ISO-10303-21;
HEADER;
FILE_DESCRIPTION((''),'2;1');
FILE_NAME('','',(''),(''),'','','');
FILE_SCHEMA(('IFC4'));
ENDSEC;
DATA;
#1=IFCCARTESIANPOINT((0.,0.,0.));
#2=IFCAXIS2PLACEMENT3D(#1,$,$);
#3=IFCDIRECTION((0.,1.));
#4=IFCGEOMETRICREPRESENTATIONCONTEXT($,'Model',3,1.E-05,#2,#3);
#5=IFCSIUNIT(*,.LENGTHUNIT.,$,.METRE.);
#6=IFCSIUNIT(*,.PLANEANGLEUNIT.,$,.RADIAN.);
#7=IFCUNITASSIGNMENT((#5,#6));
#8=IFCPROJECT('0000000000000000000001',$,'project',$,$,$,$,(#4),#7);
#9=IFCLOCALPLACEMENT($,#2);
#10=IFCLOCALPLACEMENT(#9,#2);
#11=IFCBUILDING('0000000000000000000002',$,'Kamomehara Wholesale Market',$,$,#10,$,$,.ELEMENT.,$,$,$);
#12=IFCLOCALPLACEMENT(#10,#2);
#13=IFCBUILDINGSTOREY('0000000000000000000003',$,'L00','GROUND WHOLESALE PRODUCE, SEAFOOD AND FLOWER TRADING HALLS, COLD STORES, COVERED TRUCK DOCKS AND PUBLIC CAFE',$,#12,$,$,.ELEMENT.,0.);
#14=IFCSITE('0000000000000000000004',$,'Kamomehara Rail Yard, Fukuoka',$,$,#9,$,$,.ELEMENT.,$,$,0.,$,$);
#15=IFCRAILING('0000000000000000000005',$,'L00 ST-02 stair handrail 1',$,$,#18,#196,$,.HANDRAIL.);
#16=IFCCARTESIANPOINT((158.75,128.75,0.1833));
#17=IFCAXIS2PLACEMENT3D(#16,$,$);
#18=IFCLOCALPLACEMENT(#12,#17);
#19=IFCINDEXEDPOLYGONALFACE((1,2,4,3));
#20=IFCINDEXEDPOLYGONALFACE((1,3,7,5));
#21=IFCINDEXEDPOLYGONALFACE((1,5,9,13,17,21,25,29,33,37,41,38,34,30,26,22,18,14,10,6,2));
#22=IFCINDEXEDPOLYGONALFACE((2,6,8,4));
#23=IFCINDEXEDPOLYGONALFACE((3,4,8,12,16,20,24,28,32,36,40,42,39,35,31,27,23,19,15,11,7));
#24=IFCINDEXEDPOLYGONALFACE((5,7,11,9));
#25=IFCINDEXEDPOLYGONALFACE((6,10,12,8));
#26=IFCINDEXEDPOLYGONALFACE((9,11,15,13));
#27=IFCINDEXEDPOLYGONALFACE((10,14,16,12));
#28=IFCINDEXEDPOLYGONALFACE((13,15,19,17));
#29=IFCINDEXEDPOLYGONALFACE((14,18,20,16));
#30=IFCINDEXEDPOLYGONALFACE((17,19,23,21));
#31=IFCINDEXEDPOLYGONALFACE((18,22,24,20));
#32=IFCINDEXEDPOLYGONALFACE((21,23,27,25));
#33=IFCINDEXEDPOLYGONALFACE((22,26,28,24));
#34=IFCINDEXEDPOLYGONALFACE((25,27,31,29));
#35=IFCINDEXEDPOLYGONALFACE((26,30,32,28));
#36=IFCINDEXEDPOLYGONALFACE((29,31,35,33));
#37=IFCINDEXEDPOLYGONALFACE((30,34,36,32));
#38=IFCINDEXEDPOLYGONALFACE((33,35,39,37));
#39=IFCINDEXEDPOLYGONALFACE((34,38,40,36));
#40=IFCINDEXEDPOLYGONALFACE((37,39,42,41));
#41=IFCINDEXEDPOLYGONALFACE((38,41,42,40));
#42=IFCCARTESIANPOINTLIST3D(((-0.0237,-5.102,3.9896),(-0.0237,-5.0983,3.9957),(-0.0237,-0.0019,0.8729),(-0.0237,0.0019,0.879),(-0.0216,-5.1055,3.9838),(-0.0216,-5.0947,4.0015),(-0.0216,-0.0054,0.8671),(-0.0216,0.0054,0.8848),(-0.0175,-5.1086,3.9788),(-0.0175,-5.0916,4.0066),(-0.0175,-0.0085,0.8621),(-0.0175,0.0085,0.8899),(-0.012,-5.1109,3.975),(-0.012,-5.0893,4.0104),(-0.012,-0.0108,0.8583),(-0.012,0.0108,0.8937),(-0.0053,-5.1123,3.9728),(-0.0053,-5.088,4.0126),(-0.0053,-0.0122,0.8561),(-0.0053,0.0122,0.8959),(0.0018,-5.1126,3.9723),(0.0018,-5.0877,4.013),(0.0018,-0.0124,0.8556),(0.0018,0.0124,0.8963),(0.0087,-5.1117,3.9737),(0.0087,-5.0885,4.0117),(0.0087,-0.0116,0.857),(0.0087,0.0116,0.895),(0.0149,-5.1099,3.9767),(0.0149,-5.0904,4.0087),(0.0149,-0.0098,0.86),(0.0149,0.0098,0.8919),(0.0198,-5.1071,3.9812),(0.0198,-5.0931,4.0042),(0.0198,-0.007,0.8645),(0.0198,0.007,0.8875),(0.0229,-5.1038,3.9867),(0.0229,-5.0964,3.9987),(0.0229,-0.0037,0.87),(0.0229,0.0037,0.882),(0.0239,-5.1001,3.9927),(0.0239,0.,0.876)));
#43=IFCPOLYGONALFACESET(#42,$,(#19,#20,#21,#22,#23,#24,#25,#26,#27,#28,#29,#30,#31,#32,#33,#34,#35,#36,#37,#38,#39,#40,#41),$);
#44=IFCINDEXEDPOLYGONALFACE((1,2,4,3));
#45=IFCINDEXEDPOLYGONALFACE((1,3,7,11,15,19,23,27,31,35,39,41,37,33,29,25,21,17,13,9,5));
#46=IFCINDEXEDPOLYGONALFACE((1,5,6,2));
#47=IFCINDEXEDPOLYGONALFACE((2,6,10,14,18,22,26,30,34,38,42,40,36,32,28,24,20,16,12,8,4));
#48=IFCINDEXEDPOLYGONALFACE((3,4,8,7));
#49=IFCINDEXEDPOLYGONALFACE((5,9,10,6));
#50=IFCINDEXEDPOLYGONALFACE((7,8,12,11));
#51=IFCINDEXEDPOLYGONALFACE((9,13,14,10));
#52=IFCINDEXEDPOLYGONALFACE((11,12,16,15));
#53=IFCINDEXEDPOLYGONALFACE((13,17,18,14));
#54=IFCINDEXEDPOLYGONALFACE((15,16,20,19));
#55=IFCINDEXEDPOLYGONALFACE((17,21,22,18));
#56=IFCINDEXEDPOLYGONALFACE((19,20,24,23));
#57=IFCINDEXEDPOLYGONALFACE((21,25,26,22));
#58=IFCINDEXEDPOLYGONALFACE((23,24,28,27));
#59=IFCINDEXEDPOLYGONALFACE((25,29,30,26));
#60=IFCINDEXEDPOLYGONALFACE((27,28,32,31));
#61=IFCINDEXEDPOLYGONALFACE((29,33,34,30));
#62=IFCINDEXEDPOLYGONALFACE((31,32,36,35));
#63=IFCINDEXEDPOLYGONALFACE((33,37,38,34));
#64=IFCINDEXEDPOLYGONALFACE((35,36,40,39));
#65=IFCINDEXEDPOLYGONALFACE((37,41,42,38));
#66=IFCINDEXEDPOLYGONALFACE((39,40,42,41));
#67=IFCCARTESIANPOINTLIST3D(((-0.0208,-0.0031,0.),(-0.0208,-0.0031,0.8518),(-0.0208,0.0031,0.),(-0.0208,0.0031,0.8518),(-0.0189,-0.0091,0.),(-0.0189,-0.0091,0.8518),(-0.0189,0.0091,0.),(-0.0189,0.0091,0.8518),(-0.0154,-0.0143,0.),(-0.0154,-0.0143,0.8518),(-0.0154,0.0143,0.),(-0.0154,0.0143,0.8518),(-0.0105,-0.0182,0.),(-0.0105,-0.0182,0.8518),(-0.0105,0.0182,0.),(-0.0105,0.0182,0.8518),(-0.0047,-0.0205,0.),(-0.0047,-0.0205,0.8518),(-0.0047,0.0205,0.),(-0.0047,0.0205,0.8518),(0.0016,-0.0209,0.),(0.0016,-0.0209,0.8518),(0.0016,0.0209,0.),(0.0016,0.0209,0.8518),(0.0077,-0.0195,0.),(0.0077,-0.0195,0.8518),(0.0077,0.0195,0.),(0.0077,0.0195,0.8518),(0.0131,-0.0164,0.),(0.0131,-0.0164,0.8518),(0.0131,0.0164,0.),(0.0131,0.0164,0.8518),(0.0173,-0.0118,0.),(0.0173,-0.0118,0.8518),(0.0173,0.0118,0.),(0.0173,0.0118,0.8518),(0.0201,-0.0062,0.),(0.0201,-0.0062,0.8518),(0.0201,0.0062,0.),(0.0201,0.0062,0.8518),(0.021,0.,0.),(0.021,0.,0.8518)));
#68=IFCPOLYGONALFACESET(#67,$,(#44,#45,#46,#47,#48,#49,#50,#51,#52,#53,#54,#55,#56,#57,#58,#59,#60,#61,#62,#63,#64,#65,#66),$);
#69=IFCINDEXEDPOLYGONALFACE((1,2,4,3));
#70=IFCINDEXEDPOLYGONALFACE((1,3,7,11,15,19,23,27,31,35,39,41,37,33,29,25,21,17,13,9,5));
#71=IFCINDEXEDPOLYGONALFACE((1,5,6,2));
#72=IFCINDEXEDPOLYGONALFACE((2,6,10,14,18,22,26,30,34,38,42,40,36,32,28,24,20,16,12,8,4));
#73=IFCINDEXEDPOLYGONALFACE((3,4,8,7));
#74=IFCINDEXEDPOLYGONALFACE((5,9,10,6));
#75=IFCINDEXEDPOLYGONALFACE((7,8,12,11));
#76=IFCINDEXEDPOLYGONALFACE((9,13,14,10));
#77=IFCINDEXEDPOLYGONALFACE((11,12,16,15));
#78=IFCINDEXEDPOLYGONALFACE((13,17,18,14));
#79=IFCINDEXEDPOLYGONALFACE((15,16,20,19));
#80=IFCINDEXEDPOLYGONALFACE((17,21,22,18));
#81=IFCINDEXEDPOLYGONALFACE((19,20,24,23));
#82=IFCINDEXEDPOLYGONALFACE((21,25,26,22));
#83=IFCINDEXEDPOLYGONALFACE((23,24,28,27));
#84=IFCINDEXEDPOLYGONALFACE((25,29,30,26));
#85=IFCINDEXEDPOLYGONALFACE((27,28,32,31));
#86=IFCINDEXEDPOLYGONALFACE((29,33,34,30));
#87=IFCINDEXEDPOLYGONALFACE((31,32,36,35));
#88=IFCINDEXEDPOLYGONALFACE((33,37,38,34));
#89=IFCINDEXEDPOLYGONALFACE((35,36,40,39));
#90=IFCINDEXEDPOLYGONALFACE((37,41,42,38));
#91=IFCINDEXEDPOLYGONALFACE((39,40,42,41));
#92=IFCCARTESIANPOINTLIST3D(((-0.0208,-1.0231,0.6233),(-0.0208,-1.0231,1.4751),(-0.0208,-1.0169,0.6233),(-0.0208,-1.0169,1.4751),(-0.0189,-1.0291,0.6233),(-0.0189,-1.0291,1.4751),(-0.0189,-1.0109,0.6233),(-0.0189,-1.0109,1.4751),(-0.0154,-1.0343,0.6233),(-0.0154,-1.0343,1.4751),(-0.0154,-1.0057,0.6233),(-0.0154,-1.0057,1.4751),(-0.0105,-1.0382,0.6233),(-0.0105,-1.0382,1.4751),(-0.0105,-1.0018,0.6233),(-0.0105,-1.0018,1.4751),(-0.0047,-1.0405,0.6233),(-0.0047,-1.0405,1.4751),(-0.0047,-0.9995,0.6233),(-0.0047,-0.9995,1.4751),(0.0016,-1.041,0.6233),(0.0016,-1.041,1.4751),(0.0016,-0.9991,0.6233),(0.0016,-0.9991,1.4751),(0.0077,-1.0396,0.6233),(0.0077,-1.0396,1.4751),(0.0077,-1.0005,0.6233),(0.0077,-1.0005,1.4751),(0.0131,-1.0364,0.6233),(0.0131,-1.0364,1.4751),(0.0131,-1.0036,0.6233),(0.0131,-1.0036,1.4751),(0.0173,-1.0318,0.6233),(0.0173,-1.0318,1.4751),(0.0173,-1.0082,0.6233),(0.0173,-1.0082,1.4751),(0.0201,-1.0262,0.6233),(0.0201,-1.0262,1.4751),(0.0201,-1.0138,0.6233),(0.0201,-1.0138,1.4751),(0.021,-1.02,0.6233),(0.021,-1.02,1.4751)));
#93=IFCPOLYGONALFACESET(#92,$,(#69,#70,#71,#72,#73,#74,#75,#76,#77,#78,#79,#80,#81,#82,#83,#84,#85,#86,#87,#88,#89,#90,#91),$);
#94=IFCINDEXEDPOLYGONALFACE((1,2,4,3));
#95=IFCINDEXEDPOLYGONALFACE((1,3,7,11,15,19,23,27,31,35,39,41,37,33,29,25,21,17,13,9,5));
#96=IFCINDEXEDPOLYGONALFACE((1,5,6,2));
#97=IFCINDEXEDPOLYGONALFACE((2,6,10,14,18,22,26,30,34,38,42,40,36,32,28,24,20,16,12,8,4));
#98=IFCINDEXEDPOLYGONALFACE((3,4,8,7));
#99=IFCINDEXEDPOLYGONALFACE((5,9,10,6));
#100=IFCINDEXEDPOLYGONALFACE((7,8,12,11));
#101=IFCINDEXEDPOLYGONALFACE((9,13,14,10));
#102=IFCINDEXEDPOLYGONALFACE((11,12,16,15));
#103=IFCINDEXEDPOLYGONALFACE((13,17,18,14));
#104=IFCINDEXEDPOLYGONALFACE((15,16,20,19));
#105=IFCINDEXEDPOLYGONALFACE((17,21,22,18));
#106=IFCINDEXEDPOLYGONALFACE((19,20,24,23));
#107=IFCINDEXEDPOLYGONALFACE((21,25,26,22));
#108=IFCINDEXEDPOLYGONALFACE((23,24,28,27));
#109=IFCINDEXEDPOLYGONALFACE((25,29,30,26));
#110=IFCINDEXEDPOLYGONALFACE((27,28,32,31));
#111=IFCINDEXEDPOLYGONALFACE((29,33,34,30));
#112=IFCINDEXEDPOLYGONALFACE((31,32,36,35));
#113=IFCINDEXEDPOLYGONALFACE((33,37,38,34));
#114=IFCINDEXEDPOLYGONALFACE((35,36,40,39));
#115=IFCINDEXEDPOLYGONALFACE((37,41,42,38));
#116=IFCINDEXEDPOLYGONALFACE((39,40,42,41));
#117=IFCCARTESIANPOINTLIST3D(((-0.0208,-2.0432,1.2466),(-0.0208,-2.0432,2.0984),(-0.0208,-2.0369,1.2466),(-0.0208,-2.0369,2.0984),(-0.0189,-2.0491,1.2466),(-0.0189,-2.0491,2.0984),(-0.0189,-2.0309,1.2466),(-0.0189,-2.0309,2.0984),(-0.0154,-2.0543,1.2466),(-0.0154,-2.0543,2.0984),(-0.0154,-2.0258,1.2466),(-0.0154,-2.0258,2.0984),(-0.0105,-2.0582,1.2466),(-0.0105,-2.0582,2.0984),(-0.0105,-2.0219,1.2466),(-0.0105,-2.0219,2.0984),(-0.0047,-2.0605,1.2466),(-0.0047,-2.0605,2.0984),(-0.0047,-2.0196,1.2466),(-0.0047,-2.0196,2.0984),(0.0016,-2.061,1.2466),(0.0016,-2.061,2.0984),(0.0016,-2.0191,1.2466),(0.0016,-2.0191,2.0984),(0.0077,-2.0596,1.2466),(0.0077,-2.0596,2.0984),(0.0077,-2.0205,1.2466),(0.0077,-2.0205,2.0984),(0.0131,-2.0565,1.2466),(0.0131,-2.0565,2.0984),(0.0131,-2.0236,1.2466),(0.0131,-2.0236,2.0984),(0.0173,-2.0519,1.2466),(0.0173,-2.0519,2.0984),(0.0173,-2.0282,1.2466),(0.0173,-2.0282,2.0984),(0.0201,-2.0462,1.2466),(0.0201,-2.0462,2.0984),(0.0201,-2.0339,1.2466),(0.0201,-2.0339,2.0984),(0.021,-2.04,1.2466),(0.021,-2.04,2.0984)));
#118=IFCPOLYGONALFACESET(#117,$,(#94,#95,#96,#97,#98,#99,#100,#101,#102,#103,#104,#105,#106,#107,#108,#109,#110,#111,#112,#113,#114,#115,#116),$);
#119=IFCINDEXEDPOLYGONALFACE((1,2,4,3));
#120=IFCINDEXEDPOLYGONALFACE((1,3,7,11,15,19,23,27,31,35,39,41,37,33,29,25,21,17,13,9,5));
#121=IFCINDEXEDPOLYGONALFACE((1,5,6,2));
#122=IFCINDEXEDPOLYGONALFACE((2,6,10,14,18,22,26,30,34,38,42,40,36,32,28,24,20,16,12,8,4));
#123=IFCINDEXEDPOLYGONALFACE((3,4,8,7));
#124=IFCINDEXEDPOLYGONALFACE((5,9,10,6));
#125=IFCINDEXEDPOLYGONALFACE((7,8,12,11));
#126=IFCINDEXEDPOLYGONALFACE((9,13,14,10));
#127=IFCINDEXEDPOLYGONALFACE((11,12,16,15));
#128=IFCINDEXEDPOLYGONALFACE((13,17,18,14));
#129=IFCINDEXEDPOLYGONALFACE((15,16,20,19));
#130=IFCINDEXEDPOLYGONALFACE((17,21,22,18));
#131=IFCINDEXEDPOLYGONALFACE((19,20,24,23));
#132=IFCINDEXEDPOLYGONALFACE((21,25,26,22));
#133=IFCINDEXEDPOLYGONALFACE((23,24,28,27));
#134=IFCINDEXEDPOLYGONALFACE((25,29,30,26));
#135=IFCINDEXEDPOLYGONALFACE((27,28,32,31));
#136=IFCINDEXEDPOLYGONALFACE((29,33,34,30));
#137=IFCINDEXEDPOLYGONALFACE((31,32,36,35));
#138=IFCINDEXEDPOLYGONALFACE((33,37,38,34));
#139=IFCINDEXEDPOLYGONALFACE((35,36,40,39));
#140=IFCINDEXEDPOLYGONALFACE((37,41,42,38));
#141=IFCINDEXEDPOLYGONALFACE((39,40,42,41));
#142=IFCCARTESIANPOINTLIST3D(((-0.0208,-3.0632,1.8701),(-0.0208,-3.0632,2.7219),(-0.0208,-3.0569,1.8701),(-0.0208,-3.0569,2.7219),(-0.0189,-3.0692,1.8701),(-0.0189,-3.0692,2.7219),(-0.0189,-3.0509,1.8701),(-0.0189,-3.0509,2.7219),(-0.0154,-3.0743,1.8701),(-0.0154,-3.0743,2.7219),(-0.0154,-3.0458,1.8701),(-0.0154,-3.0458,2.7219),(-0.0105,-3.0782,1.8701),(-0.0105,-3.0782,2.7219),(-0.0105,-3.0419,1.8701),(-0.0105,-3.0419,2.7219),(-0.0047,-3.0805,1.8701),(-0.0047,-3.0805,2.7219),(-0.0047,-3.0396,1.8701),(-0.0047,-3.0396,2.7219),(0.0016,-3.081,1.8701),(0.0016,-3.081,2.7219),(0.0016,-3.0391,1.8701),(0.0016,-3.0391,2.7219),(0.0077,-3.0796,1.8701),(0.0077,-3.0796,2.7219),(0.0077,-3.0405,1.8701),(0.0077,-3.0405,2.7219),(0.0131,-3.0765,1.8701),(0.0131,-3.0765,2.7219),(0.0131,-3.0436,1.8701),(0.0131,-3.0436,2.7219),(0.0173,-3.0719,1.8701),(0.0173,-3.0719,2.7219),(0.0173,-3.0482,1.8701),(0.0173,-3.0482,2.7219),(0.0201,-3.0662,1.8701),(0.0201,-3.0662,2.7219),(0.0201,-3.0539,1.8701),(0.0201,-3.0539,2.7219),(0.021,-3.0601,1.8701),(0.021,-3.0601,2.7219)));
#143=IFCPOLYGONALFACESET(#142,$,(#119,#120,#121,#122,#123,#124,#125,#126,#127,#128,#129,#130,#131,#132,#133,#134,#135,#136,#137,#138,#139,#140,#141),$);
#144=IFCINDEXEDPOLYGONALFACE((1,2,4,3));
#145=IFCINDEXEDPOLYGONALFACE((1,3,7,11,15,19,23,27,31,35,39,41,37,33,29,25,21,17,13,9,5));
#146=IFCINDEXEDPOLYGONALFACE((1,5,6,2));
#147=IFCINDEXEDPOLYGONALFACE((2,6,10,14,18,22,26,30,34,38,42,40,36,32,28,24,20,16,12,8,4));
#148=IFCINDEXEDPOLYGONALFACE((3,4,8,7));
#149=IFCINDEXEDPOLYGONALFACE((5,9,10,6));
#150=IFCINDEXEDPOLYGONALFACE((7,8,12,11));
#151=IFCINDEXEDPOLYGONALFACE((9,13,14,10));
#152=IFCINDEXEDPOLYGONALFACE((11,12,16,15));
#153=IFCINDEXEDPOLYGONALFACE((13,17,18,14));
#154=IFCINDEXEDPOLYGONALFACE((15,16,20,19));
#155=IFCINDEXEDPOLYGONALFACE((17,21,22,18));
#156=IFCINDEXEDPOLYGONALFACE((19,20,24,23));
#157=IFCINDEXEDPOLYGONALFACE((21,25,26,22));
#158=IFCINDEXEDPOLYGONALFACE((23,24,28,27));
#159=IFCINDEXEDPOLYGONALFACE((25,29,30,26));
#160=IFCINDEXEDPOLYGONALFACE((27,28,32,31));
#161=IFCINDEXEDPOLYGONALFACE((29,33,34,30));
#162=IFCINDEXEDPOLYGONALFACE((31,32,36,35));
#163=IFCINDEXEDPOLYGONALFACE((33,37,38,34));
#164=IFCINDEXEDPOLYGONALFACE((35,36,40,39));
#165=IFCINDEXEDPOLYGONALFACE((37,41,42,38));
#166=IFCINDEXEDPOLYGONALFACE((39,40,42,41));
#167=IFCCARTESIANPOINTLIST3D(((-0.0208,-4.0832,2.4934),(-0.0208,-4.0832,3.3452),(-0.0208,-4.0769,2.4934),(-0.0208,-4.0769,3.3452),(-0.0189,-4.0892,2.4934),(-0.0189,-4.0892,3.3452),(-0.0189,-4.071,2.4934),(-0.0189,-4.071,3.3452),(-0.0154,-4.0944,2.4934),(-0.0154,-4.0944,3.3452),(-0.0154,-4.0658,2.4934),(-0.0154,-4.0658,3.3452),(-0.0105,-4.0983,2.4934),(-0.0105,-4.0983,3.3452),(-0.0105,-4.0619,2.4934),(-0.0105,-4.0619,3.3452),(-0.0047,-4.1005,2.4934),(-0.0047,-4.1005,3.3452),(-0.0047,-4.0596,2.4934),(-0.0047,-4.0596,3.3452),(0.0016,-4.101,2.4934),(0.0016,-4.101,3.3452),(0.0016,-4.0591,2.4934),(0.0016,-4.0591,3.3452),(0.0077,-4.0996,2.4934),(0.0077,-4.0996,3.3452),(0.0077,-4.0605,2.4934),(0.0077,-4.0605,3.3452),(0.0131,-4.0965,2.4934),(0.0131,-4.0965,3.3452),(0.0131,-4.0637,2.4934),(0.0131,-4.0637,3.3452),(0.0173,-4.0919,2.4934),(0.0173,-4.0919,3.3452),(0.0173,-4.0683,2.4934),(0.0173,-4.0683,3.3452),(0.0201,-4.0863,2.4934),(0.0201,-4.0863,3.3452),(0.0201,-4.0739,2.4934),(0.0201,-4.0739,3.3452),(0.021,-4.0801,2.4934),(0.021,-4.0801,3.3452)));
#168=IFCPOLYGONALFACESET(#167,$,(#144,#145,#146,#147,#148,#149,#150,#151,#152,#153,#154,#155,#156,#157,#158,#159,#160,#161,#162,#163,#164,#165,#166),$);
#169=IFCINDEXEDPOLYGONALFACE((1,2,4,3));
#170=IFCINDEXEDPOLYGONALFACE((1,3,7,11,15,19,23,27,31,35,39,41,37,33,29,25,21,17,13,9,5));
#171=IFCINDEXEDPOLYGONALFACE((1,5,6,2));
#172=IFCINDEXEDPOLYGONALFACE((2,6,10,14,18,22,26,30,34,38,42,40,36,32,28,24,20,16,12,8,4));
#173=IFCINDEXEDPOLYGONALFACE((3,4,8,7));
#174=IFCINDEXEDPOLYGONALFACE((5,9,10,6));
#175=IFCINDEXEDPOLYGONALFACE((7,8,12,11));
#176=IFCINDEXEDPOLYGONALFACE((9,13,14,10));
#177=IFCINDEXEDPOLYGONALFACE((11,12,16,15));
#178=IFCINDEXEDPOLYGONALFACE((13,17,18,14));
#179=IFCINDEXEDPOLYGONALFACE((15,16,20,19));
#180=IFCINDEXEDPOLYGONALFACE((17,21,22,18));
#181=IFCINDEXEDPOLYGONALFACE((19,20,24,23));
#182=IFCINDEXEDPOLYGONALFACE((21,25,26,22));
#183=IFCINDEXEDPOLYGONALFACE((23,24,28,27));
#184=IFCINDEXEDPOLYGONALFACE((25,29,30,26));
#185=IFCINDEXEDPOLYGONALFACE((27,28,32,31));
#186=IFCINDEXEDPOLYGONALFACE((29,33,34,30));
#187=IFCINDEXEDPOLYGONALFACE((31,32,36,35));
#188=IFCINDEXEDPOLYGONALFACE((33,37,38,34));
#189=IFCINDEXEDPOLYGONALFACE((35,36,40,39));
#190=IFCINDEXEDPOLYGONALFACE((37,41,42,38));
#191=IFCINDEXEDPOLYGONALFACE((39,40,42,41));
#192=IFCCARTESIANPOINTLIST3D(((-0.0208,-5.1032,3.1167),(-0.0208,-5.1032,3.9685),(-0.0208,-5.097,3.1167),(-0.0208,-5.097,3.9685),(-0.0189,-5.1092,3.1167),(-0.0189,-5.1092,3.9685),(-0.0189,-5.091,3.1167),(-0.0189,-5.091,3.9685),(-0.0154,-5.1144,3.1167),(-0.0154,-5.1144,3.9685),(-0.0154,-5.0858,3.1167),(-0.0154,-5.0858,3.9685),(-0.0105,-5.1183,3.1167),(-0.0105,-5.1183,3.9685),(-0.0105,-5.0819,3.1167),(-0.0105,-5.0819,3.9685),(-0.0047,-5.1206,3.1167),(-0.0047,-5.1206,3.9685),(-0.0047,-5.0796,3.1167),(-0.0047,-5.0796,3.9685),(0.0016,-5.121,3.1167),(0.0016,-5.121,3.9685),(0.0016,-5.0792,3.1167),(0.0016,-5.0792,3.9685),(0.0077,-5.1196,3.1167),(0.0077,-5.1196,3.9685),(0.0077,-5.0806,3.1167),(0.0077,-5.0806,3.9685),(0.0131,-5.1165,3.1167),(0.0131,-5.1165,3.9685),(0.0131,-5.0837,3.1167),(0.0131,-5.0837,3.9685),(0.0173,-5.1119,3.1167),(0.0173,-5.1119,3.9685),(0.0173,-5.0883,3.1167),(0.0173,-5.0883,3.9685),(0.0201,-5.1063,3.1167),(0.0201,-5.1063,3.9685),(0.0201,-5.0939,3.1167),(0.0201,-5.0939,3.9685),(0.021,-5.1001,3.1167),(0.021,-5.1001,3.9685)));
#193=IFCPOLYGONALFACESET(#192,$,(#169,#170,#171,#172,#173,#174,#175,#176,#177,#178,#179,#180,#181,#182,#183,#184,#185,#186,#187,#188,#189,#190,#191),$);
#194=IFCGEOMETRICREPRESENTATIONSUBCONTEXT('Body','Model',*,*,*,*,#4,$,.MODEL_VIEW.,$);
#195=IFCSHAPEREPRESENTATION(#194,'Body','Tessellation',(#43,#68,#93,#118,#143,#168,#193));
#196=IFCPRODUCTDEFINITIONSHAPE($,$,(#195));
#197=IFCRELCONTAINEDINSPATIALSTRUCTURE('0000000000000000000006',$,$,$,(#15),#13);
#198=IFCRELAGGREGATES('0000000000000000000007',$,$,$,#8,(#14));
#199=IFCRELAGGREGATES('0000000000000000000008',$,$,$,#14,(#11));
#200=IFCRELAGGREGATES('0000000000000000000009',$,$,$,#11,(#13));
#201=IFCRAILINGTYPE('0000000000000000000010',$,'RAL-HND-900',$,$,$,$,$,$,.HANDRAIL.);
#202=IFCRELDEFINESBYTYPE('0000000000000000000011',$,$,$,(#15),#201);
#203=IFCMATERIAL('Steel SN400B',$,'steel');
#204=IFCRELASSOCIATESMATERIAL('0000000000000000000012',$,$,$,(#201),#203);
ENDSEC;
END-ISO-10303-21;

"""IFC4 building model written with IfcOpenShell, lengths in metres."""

from ifc_helpers import new_model, si_unit, direction, frame, origin, origin_2d, place, context, subcontext, project, spatial, circle, extrude, material, type_object, element, save


model = new_model("IFC4")

# Units and contexts
model_context = context("Model", 3, precision=1e-05, world=origin(), true_north=direction((0.0, 1.0)))
body_context = subcontext(model_context, "Body", "Model", "MODEL_VIEW")
ifc_project = project(units=[si_unit("LENGTHUNIT", "METRE"), si_unit("PLANEANGLEUNIT", "RADIAN")], contexts=[model_context])

# Site, building, storey
site_placement = place(None, origin())
site = spatial("IfcSite", under=ifc_project, at=site_placement, Name="Kamomehara Rail Yard, Fukuoka", CompositionType="ELEMENT", RefElevation=0.0)
building_placement = place(site_placement, origin())
building = spatial("IfcBuilding", under=site, at=building_placement, Name="Kamomehara Wholesale Market", CompositionType="ELEMENT")
storey_placement = place(building_placement, origin())
storey = spatial("IfcBuildingStorey", under=building, at=storey_placement, Name="L00", Description="GROUND WHOLESALE PRODUCE, SEAFOOD AND FLOWER TRADING HALLS, COLD STORES, COVERED TRUCK DOCKS AND PUBLIC CAFE", CompositionType="ELEMENT", Elevation=0.0)

# Railing
ifc_material_1 = material(Name="Steel SN400B", Category="steel")
railing_type_1 = type_object("IfcRailingType", Name="RAL-HND-900", PredefinedType="HANDRAIL", material=ifc_material_1)
railing_1_placement = place(storey_placement, frame((158.75, 128.75, 0.1833)))
element("IfcRailing", 1, at=railing_1_placement, inside=storey, type_object=railing_type_1, Name="L00 ST-02 stair handrail 1", PredefinedType="HANDRAIL", context=body_context, shape_type="SweptSolid", body=[
    extrude(circle(Radius=0.0239, at=origin_2d()), frame((0.0, 0.0, 0.876), z_axis=(0.0, -0.853284, 0.521447), x_axis=(1.0, 0.0, 0.0)), (0.0, 0.0, 1.0), 5.9771),
    extrude(circle(Radius=0.021, at=origin_2d()), origin(), (0.0, 0.0, 1.0), 0.8518),
    extrude(circle(Radius=0.021, at=origin_2d()), frame((0.0, -1.02, 0.6233)), (0.0, 0.0, 1.0), 0.8518),
    extrude(circle(Radius=0.021, at=origin_2d()), frame((0.0, -2.04, 1.2466)), (0.0, 0.0, 1.0), 0.8518),
    extrude(circle(Radius=0.021, at=origin_2d()), frame((0.0, -3.0601, 1.8701)), (0.0, 0.0, 1.0), 0.8518),
    extrude(circle(Radius=0.021, at=origin_2d()), frame((0.0, -4.0801, 2.4934)), (0.0, 0.0, 1.0), 0.8518),
    extrude(circle(Radius=0.021, at=origin_2d()), frame((0.0, -5.1001, 3.1167)), (0.0, 0.0, 1.0), 0.8518),
])

save(model, "model.ifc")
